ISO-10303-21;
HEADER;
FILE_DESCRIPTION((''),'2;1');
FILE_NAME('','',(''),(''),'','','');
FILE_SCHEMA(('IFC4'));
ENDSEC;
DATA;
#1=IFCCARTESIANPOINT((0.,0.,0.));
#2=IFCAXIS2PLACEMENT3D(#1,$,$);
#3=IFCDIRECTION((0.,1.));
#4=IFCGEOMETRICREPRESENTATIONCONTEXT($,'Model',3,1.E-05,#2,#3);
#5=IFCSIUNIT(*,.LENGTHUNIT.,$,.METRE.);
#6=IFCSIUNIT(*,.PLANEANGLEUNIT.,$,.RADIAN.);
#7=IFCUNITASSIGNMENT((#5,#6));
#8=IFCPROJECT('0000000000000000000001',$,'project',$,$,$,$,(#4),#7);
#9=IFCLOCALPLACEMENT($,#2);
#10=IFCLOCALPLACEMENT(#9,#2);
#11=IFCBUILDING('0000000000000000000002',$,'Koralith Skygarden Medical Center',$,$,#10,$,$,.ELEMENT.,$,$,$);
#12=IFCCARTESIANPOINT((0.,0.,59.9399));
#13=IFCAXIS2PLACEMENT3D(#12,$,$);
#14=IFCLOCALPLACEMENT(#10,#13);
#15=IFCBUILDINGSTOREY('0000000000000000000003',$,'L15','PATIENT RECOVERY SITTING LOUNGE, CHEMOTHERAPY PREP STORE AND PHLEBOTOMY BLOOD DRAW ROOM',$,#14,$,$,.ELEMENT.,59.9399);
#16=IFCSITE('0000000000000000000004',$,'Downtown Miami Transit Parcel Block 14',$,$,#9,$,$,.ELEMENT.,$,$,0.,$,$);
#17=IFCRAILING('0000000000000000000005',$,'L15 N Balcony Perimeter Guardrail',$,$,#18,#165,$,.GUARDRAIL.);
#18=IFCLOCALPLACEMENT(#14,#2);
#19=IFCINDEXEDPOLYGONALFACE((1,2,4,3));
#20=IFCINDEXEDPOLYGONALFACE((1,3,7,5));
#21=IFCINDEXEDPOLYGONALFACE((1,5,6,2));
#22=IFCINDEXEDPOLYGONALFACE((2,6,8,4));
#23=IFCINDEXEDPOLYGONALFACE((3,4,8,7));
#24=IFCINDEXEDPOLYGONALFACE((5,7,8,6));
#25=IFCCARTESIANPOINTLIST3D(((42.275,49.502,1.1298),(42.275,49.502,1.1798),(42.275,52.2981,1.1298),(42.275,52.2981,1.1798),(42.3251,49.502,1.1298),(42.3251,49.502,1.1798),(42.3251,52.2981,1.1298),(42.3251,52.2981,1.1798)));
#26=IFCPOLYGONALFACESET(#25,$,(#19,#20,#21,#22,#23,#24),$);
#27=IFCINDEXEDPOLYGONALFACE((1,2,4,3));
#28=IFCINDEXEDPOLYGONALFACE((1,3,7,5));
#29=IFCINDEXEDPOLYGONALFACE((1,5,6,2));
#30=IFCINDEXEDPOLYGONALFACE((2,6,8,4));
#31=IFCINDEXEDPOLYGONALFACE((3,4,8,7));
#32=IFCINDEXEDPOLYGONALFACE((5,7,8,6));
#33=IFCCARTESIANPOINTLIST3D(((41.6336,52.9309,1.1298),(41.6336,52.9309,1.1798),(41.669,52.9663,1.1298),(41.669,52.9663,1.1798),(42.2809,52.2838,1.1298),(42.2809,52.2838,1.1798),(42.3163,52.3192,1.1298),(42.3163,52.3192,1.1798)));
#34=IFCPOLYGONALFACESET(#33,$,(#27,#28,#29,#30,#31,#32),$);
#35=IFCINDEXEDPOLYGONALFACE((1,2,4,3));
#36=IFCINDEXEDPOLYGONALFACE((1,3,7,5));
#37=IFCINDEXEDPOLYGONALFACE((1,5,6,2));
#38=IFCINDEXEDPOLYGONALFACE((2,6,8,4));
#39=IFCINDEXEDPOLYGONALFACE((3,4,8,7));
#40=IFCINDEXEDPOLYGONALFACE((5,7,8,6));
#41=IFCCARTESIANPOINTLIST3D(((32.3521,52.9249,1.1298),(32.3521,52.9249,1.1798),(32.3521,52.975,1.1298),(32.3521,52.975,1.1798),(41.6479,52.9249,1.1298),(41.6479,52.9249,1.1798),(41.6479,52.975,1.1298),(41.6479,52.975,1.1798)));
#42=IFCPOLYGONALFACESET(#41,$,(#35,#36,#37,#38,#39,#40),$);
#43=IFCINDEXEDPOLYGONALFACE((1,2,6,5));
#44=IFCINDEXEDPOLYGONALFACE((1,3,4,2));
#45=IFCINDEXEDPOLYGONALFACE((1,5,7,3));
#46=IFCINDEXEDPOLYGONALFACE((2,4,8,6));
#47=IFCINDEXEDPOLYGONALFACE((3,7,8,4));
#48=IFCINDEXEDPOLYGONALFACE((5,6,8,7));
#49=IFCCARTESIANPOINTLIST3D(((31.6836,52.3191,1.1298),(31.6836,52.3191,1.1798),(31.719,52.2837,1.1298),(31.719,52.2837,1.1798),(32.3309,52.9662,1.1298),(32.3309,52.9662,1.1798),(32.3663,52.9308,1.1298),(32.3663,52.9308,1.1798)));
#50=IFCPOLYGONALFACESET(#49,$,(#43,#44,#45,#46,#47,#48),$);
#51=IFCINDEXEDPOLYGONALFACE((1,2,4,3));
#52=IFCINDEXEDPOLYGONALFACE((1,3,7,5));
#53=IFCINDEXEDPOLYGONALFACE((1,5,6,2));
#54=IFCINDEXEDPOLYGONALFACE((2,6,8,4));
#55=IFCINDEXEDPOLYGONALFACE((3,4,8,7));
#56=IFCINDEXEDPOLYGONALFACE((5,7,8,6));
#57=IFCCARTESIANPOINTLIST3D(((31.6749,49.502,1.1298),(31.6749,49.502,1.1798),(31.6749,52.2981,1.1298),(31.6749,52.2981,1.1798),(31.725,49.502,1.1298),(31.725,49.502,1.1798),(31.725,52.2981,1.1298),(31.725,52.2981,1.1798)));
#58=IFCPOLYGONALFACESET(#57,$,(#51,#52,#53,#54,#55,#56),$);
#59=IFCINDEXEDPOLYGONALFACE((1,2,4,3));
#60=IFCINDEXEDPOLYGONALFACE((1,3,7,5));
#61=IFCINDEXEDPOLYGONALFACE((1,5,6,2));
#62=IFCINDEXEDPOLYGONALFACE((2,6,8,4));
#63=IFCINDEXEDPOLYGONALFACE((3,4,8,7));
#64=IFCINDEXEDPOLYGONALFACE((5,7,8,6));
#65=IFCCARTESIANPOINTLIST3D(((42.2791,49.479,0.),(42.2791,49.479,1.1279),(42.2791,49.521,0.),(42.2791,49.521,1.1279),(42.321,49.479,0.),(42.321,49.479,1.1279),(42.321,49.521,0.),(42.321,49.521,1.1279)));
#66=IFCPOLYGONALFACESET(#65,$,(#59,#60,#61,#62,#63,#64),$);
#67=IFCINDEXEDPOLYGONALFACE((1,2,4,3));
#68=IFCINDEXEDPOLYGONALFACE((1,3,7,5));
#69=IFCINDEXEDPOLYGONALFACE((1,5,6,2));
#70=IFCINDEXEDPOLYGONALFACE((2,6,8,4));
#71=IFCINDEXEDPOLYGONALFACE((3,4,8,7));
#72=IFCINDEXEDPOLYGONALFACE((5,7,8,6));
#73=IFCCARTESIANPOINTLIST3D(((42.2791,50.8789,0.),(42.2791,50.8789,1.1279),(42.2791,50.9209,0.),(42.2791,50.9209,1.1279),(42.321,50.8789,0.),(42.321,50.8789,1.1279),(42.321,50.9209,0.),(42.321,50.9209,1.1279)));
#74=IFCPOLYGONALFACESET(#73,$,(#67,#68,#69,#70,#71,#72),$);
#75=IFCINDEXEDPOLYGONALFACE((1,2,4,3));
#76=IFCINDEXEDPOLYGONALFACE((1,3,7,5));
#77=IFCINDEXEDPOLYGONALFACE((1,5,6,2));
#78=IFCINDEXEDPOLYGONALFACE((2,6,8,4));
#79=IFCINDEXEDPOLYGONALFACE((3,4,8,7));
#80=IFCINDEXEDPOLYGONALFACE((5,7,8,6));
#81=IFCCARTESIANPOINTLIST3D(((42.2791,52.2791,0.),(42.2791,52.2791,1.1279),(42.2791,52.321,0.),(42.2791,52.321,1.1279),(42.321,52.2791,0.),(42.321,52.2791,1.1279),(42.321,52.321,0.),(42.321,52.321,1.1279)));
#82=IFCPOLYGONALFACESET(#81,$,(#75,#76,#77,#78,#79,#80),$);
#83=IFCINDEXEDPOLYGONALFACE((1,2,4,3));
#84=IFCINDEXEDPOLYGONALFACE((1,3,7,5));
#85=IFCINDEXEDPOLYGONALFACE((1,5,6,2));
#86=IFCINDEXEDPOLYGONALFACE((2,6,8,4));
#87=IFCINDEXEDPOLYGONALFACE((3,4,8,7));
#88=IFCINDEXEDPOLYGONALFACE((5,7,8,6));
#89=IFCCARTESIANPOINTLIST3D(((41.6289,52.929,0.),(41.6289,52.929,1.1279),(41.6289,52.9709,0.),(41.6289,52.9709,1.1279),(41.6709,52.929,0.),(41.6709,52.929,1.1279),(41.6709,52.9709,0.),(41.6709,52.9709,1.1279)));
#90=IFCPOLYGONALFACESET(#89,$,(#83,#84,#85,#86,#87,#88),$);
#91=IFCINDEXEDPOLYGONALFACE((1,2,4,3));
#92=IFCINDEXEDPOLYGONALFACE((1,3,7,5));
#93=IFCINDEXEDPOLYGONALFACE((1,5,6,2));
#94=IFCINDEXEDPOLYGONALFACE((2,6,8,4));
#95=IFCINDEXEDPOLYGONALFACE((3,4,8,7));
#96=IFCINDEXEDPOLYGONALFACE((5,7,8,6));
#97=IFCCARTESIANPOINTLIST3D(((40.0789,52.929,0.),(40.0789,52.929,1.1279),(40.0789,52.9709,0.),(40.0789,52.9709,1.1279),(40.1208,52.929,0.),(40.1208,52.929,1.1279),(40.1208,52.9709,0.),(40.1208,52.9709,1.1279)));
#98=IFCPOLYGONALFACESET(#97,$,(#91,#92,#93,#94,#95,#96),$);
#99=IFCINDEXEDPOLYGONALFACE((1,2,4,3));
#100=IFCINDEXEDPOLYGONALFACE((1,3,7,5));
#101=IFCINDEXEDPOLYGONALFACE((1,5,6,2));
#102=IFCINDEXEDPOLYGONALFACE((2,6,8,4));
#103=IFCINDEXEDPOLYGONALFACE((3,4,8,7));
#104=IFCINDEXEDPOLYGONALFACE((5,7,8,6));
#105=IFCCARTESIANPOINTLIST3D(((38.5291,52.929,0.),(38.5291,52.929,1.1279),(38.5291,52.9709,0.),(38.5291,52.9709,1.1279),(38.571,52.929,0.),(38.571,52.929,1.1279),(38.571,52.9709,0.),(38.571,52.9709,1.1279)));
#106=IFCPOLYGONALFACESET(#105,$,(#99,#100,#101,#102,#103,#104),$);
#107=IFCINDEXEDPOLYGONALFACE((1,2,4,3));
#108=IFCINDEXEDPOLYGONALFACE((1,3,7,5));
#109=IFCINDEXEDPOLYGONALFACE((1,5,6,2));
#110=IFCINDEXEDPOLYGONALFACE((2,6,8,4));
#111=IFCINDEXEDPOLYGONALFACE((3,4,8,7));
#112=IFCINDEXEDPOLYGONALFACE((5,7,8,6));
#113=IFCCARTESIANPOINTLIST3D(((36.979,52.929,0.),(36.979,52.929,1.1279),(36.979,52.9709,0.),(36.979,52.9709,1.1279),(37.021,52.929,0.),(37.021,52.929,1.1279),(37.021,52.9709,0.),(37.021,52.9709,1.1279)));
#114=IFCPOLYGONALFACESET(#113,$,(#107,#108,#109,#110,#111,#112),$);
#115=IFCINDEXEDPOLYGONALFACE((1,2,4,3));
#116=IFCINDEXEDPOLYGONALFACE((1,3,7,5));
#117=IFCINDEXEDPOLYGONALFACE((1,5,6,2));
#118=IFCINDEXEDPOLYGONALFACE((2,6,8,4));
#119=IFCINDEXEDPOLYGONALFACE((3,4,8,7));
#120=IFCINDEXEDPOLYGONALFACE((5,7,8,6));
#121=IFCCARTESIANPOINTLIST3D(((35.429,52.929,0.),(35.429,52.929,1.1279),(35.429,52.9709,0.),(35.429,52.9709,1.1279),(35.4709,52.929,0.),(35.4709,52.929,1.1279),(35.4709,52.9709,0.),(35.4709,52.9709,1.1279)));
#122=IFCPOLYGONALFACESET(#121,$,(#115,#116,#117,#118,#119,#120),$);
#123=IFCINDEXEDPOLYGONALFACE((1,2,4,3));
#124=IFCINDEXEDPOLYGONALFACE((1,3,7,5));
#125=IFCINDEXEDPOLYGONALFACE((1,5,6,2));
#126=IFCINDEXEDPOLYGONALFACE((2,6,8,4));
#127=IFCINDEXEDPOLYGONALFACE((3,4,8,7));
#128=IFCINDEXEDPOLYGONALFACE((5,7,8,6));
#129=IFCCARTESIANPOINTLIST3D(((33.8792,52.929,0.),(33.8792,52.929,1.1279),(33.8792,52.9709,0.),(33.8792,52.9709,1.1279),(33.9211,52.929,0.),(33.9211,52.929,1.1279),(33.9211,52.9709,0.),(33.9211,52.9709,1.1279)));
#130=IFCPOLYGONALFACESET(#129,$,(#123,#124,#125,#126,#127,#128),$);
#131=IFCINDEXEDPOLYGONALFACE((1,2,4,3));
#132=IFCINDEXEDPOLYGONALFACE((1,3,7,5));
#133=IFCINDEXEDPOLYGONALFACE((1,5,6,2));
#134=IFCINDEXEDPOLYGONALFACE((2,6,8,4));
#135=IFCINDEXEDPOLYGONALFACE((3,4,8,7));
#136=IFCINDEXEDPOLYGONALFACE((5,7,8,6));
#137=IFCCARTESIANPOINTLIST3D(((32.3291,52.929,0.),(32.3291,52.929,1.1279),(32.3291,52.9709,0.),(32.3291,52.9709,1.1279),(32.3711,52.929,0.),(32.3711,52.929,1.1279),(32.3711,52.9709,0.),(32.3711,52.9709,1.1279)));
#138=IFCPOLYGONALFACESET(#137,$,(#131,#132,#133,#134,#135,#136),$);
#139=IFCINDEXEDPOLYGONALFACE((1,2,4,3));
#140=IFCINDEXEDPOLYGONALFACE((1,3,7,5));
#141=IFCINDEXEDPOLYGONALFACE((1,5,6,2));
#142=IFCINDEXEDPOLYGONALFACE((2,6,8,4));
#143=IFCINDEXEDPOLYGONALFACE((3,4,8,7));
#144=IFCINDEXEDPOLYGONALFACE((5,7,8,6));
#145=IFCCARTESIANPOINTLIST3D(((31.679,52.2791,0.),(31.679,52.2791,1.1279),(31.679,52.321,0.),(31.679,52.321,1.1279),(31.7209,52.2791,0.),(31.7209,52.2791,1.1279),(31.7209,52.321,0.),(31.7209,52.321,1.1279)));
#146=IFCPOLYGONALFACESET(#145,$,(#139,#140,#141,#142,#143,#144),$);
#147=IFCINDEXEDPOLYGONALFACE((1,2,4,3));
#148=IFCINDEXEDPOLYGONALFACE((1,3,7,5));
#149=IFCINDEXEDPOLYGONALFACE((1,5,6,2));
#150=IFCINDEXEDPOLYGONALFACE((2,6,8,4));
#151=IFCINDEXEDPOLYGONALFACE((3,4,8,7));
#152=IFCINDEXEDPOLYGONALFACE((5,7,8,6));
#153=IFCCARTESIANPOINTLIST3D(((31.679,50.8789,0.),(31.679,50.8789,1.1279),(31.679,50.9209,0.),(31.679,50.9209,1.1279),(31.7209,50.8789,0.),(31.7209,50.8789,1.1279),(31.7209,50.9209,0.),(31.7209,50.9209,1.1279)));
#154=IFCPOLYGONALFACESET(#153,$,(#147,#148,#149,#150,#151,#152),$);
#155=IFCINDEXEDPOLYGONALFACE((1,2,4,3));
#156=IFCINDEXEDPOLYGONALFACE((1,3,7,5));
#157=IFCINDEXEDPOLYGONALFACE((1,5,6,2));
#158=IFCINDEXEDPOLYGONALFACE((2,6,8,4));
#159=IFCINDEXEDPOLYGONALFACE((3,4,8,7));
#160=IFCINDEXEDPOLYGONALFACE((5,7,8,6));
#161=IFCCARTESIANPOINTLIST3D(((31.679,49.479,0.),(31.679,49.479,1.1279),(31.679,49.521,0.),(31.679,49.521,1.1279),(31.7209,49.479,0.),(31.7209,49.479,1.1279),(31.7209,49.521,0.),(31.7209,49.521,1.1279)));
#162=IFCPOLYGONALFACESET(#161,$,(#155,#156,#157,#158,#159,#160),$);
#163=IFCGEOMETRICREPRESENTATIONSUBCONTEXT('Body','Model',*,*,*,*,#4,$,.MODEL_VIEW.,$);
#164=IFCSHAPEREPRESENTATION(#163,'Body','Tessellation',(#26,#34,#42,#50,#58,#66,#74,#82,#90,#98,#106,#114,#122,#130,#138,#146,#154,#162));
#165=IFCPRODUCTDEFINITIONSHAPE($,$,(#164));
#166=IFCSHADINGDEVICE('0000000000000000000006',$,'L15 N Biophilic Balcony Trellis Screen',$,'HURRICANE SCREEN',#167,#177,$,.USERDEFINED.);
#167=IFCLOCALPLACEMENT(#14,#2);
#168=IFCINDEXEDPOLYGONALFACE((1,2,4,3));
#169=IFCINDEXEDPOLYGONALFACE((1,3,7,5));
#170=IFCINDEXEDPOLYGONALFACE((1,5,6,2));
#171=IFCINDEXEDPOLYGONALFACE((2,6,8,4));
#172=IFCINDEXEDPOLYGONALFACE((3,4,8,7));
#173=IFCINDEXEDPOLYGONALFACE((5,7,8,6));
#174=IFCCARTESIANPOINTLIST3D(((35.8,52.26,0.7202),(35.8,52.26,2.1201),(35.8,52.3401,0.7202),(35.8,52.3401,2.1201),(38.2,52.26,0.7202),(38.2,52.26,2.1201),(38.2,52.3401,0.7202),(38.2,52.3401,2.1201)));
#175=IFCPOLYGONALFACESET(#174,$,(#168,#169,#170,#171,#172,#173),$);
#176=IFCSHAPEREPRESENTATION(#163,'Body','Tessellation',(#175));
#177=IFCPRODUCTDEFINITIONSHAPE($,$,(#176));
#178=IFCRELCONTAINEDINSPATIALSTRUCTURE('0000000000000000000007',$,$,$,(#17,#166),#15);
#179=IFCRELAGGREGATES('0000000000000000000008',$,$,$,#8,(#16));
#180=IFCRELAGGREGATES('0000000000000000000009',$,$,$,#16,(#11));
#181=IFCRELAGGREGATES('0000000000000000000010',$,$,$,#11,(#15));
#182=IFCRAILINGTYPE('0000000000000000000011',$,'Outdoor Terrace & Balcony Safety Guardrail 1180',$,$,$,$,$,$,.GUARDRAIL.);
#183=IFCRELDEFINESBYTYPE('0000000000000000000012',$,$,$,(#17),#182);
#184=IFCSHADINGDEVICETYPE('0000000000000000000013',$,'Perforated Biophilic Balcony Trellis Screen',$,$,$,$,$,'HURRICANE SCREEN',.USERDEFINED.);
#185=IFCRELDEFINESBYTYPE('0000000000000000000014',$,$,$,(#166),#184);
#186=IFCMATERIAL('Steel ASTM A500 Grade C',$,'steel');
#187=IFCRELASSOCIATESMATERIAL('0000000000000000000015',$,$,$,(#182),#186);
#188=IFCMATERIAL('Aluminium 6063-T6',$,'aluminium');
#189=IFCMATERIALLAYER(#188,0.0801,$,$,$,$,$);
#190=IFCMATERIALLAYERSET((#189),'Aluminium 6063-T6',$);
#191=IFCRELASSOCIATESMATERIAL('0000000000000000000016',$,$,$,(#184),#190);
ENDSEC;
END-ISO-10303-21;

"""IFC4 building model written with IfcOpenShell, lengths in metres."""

from ifc_helpers import new_model, si_unit, direction, frame, origin, origin_2d, place, context, subcontext, project, spatial, rectangle, extrude, material, layer, layer_set, type_object, element, save


model = new_model("IFC4")

# Units and contexts
model_context = context("Model", 3, precision=1e-05, world=origin(), true_north=direction((0.0, 1.0)))
body_context = subcontext(model_context, "Body", "Model", "MODEL_VIEW")
ifc_project = project(units=[si_unit("LENGTHUNIT", "METRE"), si_unit("PLANEANGLEUNIT", "RADIAN")], contexts=[model_context])

# Site, building, storey
site_placement = place(None, origin())
site = spatial("IfcSite", under=ifc_project, at=site_placement, Name="Downtown Miami Transit Parcel Block 14", CompositionType="ELEMENT", RefElevation=0.0)
building_placement = place(site_placement, origin())
building = spatial("IfcBuilding", under=site, at=building_placement, Name="Koralith Skygarden Medical Center", CompositionType="ELEMENT")
storey_placement = place(building_placement, frame((0.0, 0.0, 59.9399)))
storey = spatial("IfcBuildingStorey", under=building, at=storey_placement, Name="L15", Description="PATIENT RECOVERY SITTING LOUNGE, CHEMOTHERAPY PREP STORE AND PHLEBOTOMY BLOOD DRAW ROOM", CompositionType="ELEMENT", Elevation=59.9399)

# Shared definitions
ifc_material_1 = material(Name="Aluminium 6063-T6", Category="aluminium")

# Shared definitions
ifc_material_2 = material(Name="Steel ASTM A500 Grade C", Category="steel")

# Railing
railing_type = type_object("IfcRailingType", Name="Outdoor Terrace & Balcony Safety Guardrail 1180", PredefinedType="GUARDRAIL", material=ifc_material_2)
railing_placement = place(storey_placement, frame((42.3, 49.5, 0.0)))
element("IfcRailing", 1, at=railing_placement, inside=storey, type_object=railing_type, Name="L15 N Balcony Perimeter Guardrail", PredefinedType="GUARDRAIL", context=body_context, shape_type="SweptSolid", body=[
    extrude(rectangle(XDim=0.05, YDim=0.05, at=origin_2d()), frame((0.0, 0.002, 1.1548), z_axis=(0.0, 1.0, 0.0), x_axis=(-1.0, 0.0, 0.0)), (0.0, 0.0, 1.0), 2.7961),
    extrude(rectangle(XDim=0.05, YDim=0.05, at=origin_2d()), frame((-0.0015, 2.8015, 1.1548), z_axis=(-0.70724, 0.706974, 0.0), x_axis=(-0.706974, -0.70724, 0.0)), (0.0, 0.0, 1.0), 0.9153),
    extrude(rectangle(XDim=0.05, YDim=0.05, at=origin_2d()), frame((-0.6521, 3.45, 1.1548), z_axis=(-1.0, 0.0, 0.0), x_axis=(0.0, -1.0, 0.0)), (0.0, 0.0, 1.0), 9.2959),
    extrude(rectangle(XDim=0.05, YDim=0.05, at=origin_2d()), frame((-9.9514, 3.4485, 1.1548), z_axis=(-0.70724, -0.706974, 0.0), x_axis=(0.706974, -0.70724, 0.0)), (0.0, 0.0, 1.0), 0.9153),
    extrude(rectangle(XDim=0.05, YDim=0.05, at=origin_2d()), frame((-10.6001, 2.7981, 1.1548), z_axis=(0.0, -1.0, 0.0), x_axis=(1.0, 0.0, 0.0)), (0.0, 0.0, 1.0), 2.7961),
    extrude(rectangle(XDim=0.042, YDim=0.042, at=origin_2d()), origin(), (0.0, 0.0, 1.0), 1.1279),
    extrude(rectangle(XDim=0.042, YDim=0.042, at=origin_2d()), frame((0.0, 1.3999, 0.0)), (0.0, 0.0, 1.0), 1.1279),
    extrude(rectangle(XDim=0.042, YDim=0.042, at=origin_2d()), frame((0.0, 2.8, 0.0)), (0.0, 0.0, 1.0), 1.1279),
    extrude(rectangle(XDim=0.042, YDim=0.042, at=origin_2d()), frame((-0.6501, 3.45, 0.0)), (0.0, 0.0, 1.0), 1.1279),
    extrude(rectangle(XDim=0.042, YDim=0.042, at=origin_2d()), frame((-2.2002, 3.45, 0.0)), (0.0, 0.0, 1.0), 1.1279),
    extrude(rectangle(XDim=0.042, YDim=0.042, at=origin_2d()), frame((-3.75, 3.45, 0.0)), (0.0, 0.0, 1.0), 1.1279),
    extrude(rectangle(XDim=0.042, YDim=0.042, at=origin_2d()), frame((-5.3, 3.45, 0.0)), (0.0, 0.0, 1.0), 1.1279),
    extrude(rectangle(XDim=0.042, YDim=0.042, at=origin_2d()), frame((-6.8501, 3.45, 0.0)), (0.0, 0.0, 1.0), 1.1279),
    extrude(rectangle(XDim=0.042, YDim=0.042, at=origin_2d()), frame((-8.3999, 3.45, 0.0)), (0.0, 0.0, 1.0), 1.1279),
    extrude(rectangle(XDim=0.042, YDim=0.042, at=origin_2d()), frame((-9.95, 3.45, 0.0)), (0.0, 0.0, 1.0), 1.1279),
    extrude(rectangle(XDim=0.042, YDim=0.042, at=origin_2d()), frame((-10.6001, 2.8, 0.0)), (0.0, 0.0, 1.0), 1.1279),
    extrude(rectangle(XDim=0.042, YDim=0.042, at=origin_2d()), frame((-10.6001, 1.3999, 0.0)), (0.0, 0.0, 1.0), 1.1279),
    extrude(rectangle(XDim=0.042, YDim=0.042, at=origin_2d()), frame((-10.6001, 0.0, 0.0)), (0.0, 0.0, 1.0), 1.1279),
])

# Shading device
ifc_layer_1 = layer(ifc_material_1, 0.0801)
ifc_layer_set_1 = layer_set([ifc_layer_1], Name="Aluminium 6063-T6")
shading_device_type = type_object("IfcShadingDeviceType", Name="Perforated Biophilic Balcony Trellis Screen", ElementType="HURRICANE SCREEN", PredefinedType="USERDEFINED", material=ifc_layer_set_1)
shading_device_placement = place(storey_placement, frame((37.0, 52.3, 0.7202), z_axis=(0.0, 0.0, 1.0), x_axis=(1.0, 0.0, 0.0)))
element("IfcShadingDevice", 2, at=shading_device_placement, inside=storey, type_object=shading_device_type, Name="L15 N Biophilic Balcony Trellis Screen", ObjectType="HURRICANE SCREEN", PredefinedType="USERDEFINED", context=body_context, shape_type="SweptSolid", body=[
    extrude(rectangle(XDim=2.3999, YDim=0.0801, at=origin_2d()), origin(), (0.0, 0.0, 1.0), 1.3999),
])

save(model, "model.ifc")
